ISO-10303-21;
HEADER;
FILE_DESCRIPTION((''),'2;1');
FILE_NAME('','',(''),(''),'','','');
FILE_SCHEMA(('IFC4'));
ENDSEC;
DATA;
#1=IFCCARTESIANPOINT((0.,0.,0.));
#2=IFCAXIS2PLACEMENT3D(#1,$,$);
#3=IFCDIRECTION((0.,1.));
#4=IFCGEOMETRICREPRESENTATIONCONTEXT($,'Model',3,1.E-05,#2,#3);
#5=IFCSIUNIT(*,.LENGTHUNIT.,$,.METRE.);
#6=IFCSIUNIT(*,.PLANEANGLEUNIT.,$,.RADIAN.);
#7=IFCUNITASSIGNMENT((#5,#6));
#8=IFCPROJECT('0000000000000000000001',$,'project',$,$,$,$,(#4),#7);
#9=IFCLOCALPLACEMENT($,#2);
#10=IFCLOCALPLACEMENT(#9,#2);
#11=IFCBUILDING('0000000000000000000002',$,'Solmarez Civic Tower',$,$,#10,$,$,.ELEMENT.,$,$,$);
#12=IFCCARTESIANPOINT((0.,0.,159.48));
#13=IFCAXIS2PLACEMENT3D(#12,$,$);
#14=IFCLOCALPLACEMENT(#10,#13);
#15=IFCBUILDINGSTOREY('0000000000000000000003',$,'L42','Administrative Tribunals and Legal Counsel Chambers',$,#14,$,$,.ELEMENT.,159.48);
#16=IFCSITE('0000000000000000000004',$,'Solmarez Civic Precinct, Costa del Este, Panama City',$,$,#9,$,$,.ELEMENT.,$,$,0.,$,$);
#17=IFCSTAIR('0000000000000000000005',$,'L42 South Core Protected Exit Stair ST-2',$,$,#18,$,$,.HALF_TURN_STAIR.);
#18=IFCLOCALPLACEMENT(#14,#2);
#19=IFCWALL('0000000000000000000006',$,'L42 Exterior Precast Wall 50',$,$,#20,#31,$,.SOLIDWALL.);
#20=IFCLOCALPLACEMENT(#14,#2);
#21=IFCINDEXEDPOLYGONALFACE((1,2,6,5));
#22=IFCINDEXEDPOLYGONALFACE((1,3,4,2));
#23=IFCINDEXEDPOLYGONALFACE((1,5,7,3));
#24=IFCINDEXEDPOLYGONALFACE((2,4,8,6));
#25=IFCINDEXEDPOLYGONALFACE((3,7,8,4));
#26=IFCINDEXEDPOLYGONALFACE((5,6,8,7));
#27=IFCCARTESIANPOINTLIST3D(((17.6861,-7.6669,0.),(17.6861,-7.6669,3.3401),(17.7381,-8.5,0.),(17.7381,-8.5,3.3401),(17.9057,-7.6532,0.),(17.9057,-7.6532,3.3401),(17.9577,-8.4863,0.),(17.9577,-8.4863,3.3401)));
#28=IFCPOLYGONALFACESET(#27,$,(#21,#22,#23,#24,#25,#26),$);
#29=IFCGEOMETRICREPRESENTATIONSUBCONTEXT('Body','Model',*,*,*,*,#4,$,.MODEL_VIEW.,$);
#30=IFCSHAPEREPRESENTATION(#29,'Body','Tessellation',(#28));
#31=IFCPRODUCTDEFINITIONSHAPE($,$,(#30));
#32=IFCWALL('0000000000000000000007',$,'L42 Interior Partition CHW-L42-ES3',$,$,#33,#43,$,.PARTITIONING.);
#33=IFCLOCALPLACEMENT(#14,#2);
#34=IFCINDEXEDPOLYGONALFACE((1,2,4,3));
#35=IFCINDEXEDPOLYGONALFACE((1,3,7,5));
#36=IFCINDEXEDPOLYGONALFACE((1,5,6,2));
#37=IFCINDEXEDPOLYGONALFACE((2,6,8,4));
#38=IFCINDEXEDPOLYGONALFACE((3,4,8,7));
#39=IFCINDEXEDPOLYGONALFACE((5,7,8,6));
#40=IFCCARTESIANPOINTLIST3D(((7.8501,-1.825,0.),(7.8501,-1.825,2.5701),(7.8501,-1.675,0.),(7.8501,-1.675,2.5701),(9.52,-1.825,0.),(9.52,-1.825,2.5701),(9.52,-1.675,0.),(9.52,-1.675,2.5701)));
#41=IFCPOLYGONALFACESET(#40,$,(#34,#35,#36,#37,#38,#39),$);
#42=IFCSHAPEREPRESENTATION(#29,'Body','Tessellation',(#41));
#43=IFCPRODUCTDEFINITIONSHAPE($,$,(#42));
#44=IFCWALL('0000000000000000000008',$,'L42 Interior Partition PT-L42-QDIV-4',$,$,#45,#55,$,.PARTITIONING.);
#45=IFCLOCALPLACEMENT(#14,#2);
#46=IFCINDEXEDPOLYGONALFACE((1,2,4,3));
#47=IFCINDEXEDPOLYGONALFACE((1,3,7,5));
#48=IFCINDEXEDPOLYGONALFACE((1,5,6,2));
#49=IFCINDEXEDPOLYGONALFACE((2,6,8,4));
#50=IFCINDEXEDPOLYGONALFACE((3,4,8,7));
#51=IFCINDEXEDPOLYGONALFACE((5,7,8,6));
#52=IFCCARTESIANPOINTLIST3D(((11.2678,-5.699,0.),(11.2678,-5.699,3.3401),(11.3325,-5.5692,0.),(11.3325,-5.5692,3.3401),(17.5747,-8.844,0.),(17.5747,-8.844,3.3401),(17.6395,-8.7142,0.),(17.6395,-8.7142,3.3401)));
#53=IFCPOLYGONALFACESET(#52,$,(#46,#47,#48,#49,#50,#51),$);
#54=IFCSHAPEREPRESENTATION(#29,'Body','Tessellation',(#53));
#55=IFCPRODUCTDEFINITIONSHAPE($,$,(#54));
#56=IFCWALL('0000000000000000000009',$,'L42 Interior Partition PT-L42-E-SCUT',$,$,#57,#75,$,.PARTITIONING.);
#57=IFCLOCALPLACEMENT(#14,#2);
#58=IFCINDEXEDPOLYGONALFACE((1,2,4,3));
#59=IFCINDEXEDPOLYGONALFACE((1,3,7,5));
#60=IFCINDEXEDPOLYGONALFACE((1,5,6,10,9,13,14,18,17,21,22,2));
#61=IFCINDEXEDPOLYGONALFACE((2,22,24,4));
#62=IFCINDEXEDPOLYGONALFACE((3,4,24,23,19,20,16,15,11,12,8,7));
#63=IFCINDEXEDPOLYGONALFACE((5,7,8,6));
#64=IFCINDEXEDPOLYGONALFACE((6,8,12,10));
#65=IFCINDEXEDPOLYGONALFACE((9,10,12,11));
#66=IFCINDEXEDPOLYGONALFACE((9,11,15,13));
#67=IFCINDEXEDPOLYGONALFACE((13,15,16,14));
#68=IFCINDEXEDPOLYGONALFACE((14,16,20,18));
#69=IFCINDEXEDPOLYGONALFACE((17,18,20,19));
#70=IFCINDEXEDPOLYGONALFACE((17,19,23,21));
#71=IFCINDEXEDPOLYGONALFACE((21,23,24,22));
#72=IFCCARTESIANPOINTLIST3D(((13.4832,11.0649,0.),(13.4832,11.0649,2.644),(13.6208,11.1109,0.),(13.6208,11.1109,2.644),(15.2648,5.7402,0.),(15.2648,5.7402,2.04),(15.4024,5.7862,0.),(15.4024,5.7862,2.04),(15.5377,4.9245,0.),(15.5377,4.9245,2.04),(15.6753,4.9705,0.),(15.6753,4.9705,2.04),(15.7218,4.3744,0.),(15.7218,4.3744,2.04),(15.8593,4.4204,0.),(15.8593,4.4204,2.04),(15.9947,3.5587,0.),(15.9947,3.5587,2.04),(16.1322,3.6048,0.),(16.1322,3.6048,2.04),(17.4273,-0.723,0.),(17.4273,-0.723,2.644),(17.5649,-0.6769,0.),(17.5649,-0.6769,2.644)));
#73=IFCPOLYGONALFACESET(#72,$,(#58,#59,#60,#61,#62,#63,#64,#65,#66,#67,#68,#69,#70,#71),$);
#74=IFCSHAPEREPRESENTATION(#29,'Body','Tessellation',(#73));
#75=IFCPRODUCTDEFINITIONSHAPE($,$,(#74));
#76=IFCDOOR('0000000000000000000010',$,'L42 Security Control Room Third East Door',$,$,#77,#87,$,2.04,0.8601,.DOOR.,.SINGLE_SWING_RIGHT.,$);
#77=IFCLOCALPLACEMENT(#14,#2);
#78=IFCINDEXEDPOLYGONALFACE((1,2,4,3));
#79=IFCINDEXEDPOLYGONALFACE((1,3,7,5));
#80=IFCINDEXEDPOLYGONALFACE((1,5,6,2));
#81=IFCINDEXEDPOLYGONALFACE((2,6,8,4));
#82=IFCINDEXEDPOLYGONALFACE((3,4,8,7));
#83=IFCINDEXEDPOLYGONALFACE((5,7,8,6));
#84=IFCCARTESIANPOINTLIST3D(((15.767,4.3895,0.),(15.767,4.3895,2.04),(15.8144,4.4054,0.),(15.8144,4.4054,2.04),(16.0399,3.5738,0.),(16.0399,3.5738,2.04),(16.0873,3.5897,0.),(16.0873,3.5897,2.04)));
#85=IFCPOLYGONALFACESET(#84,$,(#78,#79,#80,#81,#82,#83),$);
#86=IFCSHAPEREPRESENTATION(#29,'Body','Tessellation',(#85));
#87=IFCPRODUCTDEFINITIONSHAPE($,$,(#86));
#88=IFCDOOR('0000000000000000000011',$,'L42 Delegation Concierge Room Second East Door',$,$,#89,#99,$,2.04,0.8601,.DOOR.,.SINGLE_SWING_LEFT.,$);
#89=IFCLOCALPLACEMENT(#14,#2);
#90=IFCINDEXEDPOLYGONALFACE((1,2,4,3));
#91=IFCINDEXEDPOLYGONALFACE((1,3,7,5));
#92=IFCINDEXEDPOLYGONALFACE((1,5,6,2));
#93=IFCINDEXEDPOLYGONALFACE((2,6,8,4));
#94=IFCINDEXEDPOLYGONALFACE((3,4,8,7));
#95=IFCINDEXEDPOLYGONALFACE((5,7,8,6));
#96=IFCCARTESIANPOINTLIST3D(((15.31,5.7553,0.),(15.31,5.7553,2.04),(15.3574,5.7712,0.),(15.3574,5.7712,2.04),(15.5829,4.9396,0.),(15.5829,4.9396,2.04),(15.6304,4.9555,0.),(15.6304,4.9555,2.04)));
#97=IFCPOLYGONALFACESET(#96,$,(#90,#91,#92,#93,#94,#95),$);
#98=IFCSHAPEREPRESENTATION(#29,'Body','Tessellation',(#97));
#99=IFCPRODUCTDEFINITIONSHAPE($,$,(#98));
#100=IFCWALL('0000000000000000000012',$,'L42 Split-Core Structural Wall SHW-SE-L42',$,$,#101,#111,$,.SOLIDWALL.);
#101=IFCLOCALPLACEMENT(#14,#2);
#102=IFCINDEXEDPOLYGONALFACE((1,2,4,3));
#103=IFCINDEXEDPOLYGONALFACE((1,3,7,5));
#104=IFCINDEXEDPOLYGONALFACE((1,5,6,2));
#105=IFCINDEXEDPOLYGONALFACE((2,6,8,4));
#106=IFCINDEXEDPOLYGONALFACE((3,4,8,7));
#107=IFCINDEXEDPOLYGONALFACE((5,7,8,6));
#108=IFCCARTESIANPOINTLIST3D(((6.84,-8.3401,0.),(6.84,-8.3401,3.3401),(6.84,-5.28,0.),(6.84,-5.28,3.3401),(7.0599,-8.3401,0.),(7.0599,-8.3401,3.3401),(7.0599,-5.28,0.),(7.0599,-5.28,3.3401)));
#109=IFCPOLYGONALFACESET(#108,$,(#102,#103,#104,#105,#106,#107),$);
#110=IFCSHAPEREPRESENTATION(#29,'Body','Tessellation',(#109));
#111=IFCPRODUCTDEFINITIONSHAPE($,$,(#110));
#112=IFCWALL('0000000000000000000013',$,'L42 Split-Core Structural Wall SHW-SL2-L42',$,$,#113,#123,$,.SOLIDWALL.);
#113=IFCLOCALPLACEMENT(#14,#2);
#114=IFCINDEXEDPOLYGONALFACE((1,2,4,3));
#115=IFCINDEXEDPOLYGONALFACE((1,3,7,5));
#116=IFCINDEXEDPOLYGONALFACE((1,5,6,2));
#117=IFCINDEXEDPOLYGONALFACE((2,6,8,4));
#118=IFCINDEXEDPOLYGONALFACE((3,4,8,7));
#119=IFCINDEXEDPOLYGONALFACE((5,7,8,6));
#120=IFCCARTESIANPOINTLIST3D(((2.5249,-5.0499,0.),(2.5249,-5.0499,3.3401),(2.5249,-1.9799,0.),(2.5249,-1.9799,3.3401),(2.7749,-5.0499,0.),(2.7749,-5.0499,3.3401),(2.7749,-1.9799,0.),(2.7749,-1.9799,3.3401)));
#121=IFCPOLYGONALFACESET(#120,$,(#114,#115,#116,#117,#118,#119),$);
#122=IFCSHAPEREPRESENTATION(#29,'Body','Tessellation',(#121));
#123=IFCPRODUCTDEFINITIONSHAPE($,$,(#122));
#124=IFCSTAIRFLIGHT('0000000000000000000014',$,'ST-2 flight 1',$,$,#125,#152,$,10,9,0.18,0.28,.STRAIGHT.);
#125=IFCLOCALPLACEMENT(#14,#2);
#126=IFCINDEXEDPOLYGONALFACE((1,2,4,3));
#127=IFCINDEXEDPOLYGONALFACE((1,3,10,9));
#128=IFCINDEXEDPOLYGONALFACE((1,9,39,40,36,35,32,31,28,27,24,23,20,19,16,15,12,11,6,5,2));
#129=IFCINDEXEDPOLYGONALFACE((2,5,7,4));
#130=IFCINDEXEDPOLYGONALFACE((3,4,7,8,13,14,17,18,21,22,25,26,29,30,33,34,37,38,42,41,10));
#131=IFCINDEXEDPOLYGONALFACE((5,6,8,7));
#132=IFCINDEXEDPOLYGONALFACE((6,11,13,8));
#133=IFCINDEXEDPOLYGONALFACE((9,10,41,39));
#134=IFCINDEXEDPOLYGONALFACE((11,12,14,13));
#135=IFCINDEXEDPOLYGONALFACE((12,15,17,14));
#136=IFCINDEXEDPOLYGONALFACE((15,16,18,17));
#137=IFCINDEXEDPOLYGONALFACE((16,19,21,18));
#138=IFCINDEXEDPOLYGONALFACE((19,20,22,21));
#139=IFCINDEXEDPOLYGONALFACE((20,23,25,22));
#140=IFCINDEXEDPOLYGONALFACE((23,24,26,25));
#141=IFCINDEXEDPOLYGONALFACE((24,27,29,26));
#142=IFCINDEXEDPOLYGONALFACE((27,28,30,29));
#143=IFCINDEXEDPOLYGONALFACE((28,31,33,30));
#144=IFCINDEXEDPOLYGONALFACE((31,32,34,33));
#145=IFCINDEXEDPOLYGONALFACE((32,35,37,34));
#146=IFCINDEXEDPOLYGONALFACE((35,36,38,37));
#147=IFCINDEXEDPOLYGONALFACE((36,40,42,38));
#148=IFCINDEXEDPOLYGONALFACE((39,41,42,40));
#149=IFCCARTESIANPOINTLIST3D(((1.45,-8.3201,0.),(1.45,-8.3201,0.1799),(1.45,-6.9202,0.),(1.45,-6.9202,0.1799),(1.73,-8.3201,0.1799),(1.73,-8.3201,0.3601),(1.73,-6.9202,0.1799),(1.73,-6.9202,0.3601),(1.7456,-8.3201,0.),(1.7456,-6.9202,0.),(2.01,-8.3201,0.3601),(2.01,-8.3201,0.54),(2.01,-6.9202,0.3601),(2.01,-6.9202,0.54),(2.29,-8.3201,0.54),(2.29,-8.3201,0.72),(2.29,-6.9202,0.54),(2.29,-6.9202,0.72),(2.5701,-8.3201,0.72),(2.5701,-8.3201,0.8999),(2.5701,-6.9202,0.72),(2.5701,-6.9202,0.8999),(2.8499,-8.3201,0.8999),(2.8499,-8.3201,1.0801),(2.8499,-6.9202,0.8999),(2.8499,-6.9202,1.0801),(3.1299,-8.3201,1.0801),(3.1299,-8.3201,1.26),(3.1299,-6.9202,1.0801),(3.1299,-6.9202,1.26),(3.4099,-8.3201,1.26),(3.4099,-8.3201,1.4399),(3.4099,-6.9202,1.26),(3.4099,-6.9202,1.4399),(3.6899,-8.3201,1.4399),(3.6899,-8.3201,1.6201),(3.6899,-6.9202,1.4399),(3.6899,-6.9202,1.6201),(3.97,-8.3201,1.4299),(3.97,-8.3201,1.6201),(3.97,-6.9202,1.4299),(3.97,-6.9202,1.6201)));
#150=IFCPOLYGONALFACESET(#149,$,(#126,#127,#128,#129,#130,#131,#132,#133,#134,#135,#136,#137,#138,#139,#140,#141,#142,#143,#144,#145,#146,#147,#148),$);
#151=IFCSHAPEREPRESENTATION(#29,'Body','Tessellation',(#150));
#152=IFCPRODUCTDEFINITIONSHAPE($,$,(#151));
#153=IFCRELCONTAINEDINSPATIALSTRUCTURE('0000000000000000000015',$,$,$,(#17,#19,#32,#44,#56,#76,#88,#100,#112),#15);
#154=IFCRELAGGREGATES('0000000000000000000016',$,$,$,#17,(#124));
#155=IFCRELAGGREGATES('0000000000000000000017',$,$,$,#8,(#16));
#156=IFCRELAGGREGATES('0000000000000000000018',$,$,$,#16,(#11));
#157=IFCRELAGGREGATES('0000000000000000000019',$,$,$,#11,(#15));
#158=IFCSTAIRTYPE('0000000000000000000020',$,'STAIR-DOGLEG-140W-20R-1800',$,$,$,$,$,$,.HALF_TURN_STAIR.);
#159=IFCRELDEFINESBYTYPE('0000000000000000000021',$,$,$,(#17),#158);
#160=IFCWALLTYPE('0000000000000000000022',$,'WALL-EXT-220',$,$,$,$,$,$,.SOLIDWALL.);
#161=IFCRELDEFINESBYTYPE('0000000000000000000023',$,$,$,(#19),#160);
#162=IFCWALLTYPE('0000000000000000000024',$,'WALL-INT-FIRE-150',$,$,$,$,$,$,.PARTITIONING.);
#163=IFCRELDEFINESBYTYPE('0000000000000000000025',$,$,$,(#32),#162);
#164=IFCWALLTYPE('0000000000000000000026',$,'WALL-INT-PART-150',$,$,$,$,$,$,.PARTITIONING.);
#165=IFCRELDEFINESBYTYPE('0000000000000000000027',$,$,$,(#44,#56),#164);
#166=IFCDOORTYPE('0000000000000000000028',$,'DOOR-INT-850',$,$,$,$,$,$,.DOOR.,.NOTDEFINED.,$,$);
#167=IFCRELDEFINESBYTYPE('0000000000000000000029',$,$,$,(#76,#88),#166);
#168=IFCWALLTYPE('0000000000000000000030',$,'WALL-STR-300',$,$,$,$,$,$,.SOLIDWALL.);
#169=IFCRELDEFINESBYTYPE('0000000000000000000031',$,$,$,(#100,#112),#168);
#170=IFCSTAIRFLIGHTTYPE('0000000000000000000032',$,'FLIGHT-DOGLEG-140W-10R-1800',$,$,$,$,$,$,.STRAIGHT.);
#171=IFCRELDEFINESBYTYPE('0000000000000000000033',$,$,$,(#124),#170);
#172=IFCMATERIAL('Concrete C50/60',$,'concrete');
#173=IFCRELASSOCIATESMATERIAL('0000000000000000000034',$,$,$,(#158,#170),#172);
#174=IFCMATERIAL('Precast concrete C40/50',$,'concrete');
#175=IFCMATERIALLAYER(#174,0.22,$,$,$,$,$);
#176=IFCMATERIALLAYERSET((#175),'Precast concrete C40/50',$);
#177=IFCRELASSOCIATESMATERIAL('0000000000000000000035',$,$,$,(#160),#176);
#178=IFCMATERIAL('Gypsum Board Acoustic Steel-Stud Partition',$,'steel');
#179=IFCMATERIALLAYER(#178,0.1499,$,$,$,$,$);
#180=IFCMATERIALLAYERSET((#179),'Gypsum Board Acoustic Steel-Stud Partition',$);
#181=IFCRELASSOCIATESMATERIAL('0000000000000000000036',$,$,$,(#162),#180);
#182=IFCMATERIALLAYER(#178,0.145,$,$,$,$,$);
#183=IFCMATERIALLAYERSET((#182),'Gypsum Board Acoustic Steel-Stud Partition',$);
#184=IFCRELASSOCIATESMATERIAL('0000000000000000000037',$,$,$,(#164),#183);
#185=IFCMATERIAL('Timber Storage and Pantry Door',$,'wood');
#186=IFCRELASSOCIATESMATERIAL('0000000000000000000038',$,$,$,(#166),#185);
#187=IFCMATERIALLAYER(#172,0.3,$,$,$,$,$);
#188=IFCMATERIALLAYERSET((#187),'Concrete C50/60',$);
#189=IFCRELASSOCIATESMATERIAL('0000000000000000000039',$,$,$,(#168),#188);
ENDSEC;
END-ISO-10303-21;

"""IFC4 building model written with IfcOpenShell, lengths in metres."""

from ifc_helpers import new_model, si_unit, direction, frame, frame_2d, origin, place, context, subcontext, project, spatial, polyline, rectangle, outline, extrude, material, layer, layer_set, type_object, element, fill, aggregate, save


model = new_model("IFC4")

# Units and contexts
model_context = context("Model", 3, precision=1e-05, world=origin(), true_north=direction((0.0, 1.0)))
body_context = subcontext(model_context, "Body", "Model", "MODEL_VIEW")
ifc_project = project(units=[si_unit("LENGTHUNIT", "METRE"), si_unit("PLANEANGLEUNIT", "RADIAN")], contexts=[model_context])

# Site, building, storey
site_placement = place(None, origin())
site = spatial("IfcSite", under=ifc_project, at=site_placement, Name="Solmarez Civic Precinct, Costa del Este, Panama City", CompositionType="ELEMENT", RefElevation=0.0)
building_placement = place(site_placement, origin())
building = spatial("IfcBuilding", under=site, at=building_placement, Name="Solmarez Civic Tower", CompositionType="ELEMENT")
storey_placement = place(building_placement, frame((0.0, 0.0, 159.48)))
storey = spatial("IfcBuildingStorey", under=building, at=storey_placement, Name="L42", Description="Administrative Tribunals and Legal Counsel Chambers", CompositionType="ELEMENT", Elevation=159.48)

# Shared definitions
ifc_material_1 = material(Name="Concrete C50/60", Category="concrete")

# Stair
stair_type = type_object("IfcStairType", Name="STAIR-DOGLEG-140W-20R-1800", PredefinedType="HALF_TURN_STAIR", material=ifc_material_1)
stair_1_placement = place(storey_placement, origin())
stair_1 = element("IfcStair", 1, at=stair_1_placement, inside=storey, type_object=stair_type, Name="L42 South Core Protected Exit Stair ST-2", PredefinedType="HALF_TURN_STAIR")

# Walls
ifc_material_2 = material(Name="Precast concrete C40/50", Category="concrete")
ifc_layer_1 = layer(ifc_material_2, 0.22)
ifc_layer_set_1 = layer_set([ifc_layer_1], Name="Precast concrete C40/50")
wall_type_1 = type_object("IfcWallType", Name="WALL-EXT-220", PredefinedType="SOLIDWALL", material=ifc_layer_set_1)
wall_1_placement = place(storey_placement, frame((17.7959, -7.6599, 0.0), z_axis=(0.0, 0.0, 1.0), x_axis=(0.062305, -0.998057, 0.0)))
element("IfcWall", 2, at=wall_1_placement, inside=storey, type_object=wall_type_1, Name="L42 Exterior Precast Wall 50", PredefinedType="SOLIDWALL", context=body_context, shape_type="SweptSolid", body=[
    extrude(rectangle(XDim=0.8347, YDim=0.22, at=frame_2d((0.4175, 0.0))), origin(), (0.0, 0.0, 1.0), 3.3401),
])
ifc_material_3 = material(Name="Gypsum Board Acoustic Steel-Stud Partition", Category="steel")
ifc_layer_2 = layer(ifc_material_3, 0.1499)
ifc_layer_set_2 = layer_set([ifc_layer_2], Name="Gypsum Board Acoustic Steel-Stud Partition")
wall_type_2 = type_object("IfcWallType", Name="WALL-INT-FIRE-150", PredefinedType="PARTITIONING", material=ifc_layer_set_2)
wall_2_placement = place(storey_placement, frame((7.8501, -1.75, 0.0), z_axis=(0.0, 0.0, 1.0), x_axis=(1.0, 0.0, 0.0)))
element("IfcWall", 3, at=wall_2_placement, inside=storey, type_object=wall_type_2, Name="L42 Interior Partition CHW-L42-ES3", PredefinedType="PARTITIONING", context=body_context, shape_type="SweptSolid", body=[
    extrude(rectangle(XDim=1.6699, YDim=0.1499, at=frame_2d((0.835, 0.0))), origin(), (0.0, 0.0, 1.0), 2.5701),
])
ifc_layer_3 = layer(ifc_material_3, 0.145)
ifc_layer_set_3 = layer_set([ifc_layer_3], Name="Gypsum Board Acoustic Steel-Stud Partition")
wall_type_3 = type_object("IfcWallType", Name="WALL-INT-PART-150", PredefinedType="PARTITIONING", material=ifc_layer_set_3)
wall_3_placement = place(storey_placement, frame((11.3, -5.634, 0.0), z_axis=(0.0, 0.0, 1.0), x_axis=(0.894905, -0.446257, 0.0)))
element("IfcWall", 4, at=wall_3_placement, inside=storey, type_object=wall_type_3, Name="L42 Interior Partition PT-L42-QDIV-4", PredefinedType="PARTITIONING", context=body_context, shape_type="SweptSolid", body=[
    extrude(rectangle(XDim=7.0476, YDim=0.145, at=frame_2d((3.5239, 0.0))), origin(), (0.0, 0.0, 1.0), 3.3401),
])

# Wall, openings, doors
wall_4_placement = place(storey_placement, frame((17.4961, -0.7, 0.0), z_axis=(0.0, 0.0, 1.0), x_axis=(-0.3173, 0.948325, 0.0)))
wall_4 = element("IfcWall", 5, at=wall_4_placement, inside=storey, type_object=wall_type_3, Name="L42 Interior Partition PT-L42-E-SCUT", PredefinedType="PARTITIONING", context=body_context, shape_type="SweptSolid", body=[
    extrude(rectangle(XDim=12.4302, YDim=0.145, at=frame_2d((6.2151, 0.0))), origin(), (0.0, 0.0, 1.0), 2.644),
])
opening_1_placement = place(wall_4_placement, frame((4.5149, 0.0, 0.0)))
opening_1 = element("IfcOpeningElement", 6, at=opening_1_placement, cuts=wall_4, PredefinedType="OPENING", context=body_context, shape_type="SweptSolid", body=[
    extrude(rectangle(XDim=0.8601, YDim=2.04, at=frame_2d((0.4302, 1.02))), frame((0.0, 0.0825, 0.0), z_axis=(0.0, -1.0, 0.0), x_axis=(1.0, 0.0, 0.0)), (0.0, 0.0, 1.0), 0.165),
])
opening_2_placement = place(wall_4_placement, frame((5.9551, 0.0, 0.0)))
opening_2 = element("IfcOpeningElement", 7, at=opening_2_placement, cuts=wall_4, PredefinedType="OPENING", context=body_context, shape_type="SweptSolid", body=[
    extrude(rectangle(XDim=0.8601, YDim=2.04, at=frame_2d((0.4302, 1.02))), frame((0.0, 0.0825, 0.0), z_axis=(0.0, -1.0, 0.0), x_axis=(1.0, 0.0, 0.0)), (0.0, 0.0, 1.0), 0.165),
])
ifc_material_4 = material(Name="Timber Storage and Pantry Door", Category="wood")
door_type = type_object("IfcDoorType", Name="DOOR-INT-850", OperationType="NOTDEFINED", PredefinedType="DOOR", material=ifc_material_4)
door_1_placement = place(opening_1_placement, origin())
door_1 = element("IfcDoor", 8, at=door_1_placement, inside=storey, type_object=door_type, Name="L42 Security Control Room Third East Door", OperationType="SINGLE_SWING_RIGHT", OverallHeight=2.04, OverallWidth=0.8601, PredefinedType="DOOR", context=body_context, shape_type="SweptSolid", body=[
    extrude(rectangle(XDim=0.8601, YDim=2.04, at=frame_2d((0.4302, 1.02))), frame((0.0, 0.0249, 0.0), z_axis=(0.0, -1.0, 0.0), x_axis=(1.0, 0.0, 0.0)), (0.0, 0.0, 1.0), 0.05),
])
fill(opening_1, door_1)
door_2_placement = place(opening_2_placement, origin())
door_2 = element("IfcDoor", 9, at=door_2_placement, inside=storey, type_object=door_type, Name="L42 Delegation Concierge Room Second East Door", OperationType="SINGLE_SWING_LEFT", OverallHeight=2.04, OverallWidth=0.8601, PredefinedType="DOOR", context=body_context, shape_type="SweptSolid", body=[
    extrude(rectangle(XDim=0.8601, YDim=2.04, at=frame_2d((0.4302, 1.02))), frame((0.0, 0.0249, 0.0), z_axis=(0.0, -1.0, 0.0), x_axis=(1.0, 0.0, 0.0)), (0.0, 0.0, 1.0), 0.05),
])
fill(opening_2, door_2)

# Walls
ifc_layer_4 = layer(ifc_material_1, 0.3)
ifc_layer_set_4 = layer_set([ifc_layer_4], Name="Concrete C50/60")
wall_type_4 = type_object("IfcWallType", Name="WALL-STR-300", PredefinedType="SOLIDWALL", material=ifc_layer_set_4)
wall_5_placement = place(storey_placement, frame((6.95, -8.3401, 0.0), z_axis=(0.0, 0.0, 1.0), x_axis=(0.0, 1.0, 0.0)))
element("IfcWall", 10, at=wall_5_placement, inside=storey, type_object=wall_type_4, Name="L42 Split-Core Structural Wall SHW-SE-L42", PredefinedType="SOLIDWALL", context=body_context, shape_type="SweptSolid", body=[
    extrude(rectangle(XDim=3.0601, YDim=0.22, at=frame_2d((1.53, 0.0))), origin(), (0.0, 0.0, 1.0), 3.3401),
])
wall_6_placement = place(storey_placement, frame((2.6499, -5.05, 0.0), z_axis=(0.0, 0.0, 1.0), x_axis=(0.0, 1.0, 0.0)))
element("IfcWall", 11, at=wall_6_placement, inside=storey, type_object=wall_type_4, Name="L42 Split-Core Structural Wall SHW-SL2-L42", PredefinedType="SOLIDWALL", context=body_context, shape_type="SweptSolid", body=[
    extrude(rectangle(XDim=3.0701, YDim=0.25, at=frame_2d((1.5352, 0.0))), origin(), (0.0, 0.0, 1.0), 3.3401),
])

# Stair flight
stair_flight_type = type_object("IfcStairFlightType", Name="FLIGHT-DOGLEG-140W-10R-1800", PredefinedType="STRAIGHT", material=ifc_material_1)
stair_flight_1_placement = place(storey_placement, frame((1.45, -7.6201, 0.0), z_axis=(0.0, 0.0, 1.0), x_axis=(1.0, 0.0, 0.0)))
stair_flight_1 = element("IfcStairFlight", 12, at=stair_flight_1_placement, type_object=stair_flight_type, Name="ST-2 flight 1", NumberOfRisers=10, NumberOfTreads=9, PredefinedType="STRAIGHT", RiserHeight=0.18, TreadLength=0.28, context=body_context, shape_type="SweptSolid", body=[
    extrude(outline(polyline([(0.0, 0.0), (0.0, 0.1799), (0.28, 0.1799), (0.28, 0.3601), (0.5601, 0.3601), (0.5601, 0.54), (0.8401, 0.54), (0.8401, 0.72), (1.1201, 0.72), (1.1201, 0.8999), (1.3999, 0.8999), (1.3999, 1.0801), (1.6799, 1.0801), (1.6799, 1.26), (1.96, 1.26), (1.96, 1.4399), (2.24, 1.4399), (2.24, 1.6201), (2.52, 1.6201), (2.52, 1.8), (2.52, 1.4299), (0.2957, 0.0), (0.0, 0.0)])), frame((0.0, 0.7, 0.0), z_axis=(0.0, -1.0, 0.0), x_axis=(1.0, 0.0, 0.0)), (0.0, 0.0, 1.0), 1.3999),
])
aggregate(stair_1, [stair_flight_1])

save(model, "model.ifc")
